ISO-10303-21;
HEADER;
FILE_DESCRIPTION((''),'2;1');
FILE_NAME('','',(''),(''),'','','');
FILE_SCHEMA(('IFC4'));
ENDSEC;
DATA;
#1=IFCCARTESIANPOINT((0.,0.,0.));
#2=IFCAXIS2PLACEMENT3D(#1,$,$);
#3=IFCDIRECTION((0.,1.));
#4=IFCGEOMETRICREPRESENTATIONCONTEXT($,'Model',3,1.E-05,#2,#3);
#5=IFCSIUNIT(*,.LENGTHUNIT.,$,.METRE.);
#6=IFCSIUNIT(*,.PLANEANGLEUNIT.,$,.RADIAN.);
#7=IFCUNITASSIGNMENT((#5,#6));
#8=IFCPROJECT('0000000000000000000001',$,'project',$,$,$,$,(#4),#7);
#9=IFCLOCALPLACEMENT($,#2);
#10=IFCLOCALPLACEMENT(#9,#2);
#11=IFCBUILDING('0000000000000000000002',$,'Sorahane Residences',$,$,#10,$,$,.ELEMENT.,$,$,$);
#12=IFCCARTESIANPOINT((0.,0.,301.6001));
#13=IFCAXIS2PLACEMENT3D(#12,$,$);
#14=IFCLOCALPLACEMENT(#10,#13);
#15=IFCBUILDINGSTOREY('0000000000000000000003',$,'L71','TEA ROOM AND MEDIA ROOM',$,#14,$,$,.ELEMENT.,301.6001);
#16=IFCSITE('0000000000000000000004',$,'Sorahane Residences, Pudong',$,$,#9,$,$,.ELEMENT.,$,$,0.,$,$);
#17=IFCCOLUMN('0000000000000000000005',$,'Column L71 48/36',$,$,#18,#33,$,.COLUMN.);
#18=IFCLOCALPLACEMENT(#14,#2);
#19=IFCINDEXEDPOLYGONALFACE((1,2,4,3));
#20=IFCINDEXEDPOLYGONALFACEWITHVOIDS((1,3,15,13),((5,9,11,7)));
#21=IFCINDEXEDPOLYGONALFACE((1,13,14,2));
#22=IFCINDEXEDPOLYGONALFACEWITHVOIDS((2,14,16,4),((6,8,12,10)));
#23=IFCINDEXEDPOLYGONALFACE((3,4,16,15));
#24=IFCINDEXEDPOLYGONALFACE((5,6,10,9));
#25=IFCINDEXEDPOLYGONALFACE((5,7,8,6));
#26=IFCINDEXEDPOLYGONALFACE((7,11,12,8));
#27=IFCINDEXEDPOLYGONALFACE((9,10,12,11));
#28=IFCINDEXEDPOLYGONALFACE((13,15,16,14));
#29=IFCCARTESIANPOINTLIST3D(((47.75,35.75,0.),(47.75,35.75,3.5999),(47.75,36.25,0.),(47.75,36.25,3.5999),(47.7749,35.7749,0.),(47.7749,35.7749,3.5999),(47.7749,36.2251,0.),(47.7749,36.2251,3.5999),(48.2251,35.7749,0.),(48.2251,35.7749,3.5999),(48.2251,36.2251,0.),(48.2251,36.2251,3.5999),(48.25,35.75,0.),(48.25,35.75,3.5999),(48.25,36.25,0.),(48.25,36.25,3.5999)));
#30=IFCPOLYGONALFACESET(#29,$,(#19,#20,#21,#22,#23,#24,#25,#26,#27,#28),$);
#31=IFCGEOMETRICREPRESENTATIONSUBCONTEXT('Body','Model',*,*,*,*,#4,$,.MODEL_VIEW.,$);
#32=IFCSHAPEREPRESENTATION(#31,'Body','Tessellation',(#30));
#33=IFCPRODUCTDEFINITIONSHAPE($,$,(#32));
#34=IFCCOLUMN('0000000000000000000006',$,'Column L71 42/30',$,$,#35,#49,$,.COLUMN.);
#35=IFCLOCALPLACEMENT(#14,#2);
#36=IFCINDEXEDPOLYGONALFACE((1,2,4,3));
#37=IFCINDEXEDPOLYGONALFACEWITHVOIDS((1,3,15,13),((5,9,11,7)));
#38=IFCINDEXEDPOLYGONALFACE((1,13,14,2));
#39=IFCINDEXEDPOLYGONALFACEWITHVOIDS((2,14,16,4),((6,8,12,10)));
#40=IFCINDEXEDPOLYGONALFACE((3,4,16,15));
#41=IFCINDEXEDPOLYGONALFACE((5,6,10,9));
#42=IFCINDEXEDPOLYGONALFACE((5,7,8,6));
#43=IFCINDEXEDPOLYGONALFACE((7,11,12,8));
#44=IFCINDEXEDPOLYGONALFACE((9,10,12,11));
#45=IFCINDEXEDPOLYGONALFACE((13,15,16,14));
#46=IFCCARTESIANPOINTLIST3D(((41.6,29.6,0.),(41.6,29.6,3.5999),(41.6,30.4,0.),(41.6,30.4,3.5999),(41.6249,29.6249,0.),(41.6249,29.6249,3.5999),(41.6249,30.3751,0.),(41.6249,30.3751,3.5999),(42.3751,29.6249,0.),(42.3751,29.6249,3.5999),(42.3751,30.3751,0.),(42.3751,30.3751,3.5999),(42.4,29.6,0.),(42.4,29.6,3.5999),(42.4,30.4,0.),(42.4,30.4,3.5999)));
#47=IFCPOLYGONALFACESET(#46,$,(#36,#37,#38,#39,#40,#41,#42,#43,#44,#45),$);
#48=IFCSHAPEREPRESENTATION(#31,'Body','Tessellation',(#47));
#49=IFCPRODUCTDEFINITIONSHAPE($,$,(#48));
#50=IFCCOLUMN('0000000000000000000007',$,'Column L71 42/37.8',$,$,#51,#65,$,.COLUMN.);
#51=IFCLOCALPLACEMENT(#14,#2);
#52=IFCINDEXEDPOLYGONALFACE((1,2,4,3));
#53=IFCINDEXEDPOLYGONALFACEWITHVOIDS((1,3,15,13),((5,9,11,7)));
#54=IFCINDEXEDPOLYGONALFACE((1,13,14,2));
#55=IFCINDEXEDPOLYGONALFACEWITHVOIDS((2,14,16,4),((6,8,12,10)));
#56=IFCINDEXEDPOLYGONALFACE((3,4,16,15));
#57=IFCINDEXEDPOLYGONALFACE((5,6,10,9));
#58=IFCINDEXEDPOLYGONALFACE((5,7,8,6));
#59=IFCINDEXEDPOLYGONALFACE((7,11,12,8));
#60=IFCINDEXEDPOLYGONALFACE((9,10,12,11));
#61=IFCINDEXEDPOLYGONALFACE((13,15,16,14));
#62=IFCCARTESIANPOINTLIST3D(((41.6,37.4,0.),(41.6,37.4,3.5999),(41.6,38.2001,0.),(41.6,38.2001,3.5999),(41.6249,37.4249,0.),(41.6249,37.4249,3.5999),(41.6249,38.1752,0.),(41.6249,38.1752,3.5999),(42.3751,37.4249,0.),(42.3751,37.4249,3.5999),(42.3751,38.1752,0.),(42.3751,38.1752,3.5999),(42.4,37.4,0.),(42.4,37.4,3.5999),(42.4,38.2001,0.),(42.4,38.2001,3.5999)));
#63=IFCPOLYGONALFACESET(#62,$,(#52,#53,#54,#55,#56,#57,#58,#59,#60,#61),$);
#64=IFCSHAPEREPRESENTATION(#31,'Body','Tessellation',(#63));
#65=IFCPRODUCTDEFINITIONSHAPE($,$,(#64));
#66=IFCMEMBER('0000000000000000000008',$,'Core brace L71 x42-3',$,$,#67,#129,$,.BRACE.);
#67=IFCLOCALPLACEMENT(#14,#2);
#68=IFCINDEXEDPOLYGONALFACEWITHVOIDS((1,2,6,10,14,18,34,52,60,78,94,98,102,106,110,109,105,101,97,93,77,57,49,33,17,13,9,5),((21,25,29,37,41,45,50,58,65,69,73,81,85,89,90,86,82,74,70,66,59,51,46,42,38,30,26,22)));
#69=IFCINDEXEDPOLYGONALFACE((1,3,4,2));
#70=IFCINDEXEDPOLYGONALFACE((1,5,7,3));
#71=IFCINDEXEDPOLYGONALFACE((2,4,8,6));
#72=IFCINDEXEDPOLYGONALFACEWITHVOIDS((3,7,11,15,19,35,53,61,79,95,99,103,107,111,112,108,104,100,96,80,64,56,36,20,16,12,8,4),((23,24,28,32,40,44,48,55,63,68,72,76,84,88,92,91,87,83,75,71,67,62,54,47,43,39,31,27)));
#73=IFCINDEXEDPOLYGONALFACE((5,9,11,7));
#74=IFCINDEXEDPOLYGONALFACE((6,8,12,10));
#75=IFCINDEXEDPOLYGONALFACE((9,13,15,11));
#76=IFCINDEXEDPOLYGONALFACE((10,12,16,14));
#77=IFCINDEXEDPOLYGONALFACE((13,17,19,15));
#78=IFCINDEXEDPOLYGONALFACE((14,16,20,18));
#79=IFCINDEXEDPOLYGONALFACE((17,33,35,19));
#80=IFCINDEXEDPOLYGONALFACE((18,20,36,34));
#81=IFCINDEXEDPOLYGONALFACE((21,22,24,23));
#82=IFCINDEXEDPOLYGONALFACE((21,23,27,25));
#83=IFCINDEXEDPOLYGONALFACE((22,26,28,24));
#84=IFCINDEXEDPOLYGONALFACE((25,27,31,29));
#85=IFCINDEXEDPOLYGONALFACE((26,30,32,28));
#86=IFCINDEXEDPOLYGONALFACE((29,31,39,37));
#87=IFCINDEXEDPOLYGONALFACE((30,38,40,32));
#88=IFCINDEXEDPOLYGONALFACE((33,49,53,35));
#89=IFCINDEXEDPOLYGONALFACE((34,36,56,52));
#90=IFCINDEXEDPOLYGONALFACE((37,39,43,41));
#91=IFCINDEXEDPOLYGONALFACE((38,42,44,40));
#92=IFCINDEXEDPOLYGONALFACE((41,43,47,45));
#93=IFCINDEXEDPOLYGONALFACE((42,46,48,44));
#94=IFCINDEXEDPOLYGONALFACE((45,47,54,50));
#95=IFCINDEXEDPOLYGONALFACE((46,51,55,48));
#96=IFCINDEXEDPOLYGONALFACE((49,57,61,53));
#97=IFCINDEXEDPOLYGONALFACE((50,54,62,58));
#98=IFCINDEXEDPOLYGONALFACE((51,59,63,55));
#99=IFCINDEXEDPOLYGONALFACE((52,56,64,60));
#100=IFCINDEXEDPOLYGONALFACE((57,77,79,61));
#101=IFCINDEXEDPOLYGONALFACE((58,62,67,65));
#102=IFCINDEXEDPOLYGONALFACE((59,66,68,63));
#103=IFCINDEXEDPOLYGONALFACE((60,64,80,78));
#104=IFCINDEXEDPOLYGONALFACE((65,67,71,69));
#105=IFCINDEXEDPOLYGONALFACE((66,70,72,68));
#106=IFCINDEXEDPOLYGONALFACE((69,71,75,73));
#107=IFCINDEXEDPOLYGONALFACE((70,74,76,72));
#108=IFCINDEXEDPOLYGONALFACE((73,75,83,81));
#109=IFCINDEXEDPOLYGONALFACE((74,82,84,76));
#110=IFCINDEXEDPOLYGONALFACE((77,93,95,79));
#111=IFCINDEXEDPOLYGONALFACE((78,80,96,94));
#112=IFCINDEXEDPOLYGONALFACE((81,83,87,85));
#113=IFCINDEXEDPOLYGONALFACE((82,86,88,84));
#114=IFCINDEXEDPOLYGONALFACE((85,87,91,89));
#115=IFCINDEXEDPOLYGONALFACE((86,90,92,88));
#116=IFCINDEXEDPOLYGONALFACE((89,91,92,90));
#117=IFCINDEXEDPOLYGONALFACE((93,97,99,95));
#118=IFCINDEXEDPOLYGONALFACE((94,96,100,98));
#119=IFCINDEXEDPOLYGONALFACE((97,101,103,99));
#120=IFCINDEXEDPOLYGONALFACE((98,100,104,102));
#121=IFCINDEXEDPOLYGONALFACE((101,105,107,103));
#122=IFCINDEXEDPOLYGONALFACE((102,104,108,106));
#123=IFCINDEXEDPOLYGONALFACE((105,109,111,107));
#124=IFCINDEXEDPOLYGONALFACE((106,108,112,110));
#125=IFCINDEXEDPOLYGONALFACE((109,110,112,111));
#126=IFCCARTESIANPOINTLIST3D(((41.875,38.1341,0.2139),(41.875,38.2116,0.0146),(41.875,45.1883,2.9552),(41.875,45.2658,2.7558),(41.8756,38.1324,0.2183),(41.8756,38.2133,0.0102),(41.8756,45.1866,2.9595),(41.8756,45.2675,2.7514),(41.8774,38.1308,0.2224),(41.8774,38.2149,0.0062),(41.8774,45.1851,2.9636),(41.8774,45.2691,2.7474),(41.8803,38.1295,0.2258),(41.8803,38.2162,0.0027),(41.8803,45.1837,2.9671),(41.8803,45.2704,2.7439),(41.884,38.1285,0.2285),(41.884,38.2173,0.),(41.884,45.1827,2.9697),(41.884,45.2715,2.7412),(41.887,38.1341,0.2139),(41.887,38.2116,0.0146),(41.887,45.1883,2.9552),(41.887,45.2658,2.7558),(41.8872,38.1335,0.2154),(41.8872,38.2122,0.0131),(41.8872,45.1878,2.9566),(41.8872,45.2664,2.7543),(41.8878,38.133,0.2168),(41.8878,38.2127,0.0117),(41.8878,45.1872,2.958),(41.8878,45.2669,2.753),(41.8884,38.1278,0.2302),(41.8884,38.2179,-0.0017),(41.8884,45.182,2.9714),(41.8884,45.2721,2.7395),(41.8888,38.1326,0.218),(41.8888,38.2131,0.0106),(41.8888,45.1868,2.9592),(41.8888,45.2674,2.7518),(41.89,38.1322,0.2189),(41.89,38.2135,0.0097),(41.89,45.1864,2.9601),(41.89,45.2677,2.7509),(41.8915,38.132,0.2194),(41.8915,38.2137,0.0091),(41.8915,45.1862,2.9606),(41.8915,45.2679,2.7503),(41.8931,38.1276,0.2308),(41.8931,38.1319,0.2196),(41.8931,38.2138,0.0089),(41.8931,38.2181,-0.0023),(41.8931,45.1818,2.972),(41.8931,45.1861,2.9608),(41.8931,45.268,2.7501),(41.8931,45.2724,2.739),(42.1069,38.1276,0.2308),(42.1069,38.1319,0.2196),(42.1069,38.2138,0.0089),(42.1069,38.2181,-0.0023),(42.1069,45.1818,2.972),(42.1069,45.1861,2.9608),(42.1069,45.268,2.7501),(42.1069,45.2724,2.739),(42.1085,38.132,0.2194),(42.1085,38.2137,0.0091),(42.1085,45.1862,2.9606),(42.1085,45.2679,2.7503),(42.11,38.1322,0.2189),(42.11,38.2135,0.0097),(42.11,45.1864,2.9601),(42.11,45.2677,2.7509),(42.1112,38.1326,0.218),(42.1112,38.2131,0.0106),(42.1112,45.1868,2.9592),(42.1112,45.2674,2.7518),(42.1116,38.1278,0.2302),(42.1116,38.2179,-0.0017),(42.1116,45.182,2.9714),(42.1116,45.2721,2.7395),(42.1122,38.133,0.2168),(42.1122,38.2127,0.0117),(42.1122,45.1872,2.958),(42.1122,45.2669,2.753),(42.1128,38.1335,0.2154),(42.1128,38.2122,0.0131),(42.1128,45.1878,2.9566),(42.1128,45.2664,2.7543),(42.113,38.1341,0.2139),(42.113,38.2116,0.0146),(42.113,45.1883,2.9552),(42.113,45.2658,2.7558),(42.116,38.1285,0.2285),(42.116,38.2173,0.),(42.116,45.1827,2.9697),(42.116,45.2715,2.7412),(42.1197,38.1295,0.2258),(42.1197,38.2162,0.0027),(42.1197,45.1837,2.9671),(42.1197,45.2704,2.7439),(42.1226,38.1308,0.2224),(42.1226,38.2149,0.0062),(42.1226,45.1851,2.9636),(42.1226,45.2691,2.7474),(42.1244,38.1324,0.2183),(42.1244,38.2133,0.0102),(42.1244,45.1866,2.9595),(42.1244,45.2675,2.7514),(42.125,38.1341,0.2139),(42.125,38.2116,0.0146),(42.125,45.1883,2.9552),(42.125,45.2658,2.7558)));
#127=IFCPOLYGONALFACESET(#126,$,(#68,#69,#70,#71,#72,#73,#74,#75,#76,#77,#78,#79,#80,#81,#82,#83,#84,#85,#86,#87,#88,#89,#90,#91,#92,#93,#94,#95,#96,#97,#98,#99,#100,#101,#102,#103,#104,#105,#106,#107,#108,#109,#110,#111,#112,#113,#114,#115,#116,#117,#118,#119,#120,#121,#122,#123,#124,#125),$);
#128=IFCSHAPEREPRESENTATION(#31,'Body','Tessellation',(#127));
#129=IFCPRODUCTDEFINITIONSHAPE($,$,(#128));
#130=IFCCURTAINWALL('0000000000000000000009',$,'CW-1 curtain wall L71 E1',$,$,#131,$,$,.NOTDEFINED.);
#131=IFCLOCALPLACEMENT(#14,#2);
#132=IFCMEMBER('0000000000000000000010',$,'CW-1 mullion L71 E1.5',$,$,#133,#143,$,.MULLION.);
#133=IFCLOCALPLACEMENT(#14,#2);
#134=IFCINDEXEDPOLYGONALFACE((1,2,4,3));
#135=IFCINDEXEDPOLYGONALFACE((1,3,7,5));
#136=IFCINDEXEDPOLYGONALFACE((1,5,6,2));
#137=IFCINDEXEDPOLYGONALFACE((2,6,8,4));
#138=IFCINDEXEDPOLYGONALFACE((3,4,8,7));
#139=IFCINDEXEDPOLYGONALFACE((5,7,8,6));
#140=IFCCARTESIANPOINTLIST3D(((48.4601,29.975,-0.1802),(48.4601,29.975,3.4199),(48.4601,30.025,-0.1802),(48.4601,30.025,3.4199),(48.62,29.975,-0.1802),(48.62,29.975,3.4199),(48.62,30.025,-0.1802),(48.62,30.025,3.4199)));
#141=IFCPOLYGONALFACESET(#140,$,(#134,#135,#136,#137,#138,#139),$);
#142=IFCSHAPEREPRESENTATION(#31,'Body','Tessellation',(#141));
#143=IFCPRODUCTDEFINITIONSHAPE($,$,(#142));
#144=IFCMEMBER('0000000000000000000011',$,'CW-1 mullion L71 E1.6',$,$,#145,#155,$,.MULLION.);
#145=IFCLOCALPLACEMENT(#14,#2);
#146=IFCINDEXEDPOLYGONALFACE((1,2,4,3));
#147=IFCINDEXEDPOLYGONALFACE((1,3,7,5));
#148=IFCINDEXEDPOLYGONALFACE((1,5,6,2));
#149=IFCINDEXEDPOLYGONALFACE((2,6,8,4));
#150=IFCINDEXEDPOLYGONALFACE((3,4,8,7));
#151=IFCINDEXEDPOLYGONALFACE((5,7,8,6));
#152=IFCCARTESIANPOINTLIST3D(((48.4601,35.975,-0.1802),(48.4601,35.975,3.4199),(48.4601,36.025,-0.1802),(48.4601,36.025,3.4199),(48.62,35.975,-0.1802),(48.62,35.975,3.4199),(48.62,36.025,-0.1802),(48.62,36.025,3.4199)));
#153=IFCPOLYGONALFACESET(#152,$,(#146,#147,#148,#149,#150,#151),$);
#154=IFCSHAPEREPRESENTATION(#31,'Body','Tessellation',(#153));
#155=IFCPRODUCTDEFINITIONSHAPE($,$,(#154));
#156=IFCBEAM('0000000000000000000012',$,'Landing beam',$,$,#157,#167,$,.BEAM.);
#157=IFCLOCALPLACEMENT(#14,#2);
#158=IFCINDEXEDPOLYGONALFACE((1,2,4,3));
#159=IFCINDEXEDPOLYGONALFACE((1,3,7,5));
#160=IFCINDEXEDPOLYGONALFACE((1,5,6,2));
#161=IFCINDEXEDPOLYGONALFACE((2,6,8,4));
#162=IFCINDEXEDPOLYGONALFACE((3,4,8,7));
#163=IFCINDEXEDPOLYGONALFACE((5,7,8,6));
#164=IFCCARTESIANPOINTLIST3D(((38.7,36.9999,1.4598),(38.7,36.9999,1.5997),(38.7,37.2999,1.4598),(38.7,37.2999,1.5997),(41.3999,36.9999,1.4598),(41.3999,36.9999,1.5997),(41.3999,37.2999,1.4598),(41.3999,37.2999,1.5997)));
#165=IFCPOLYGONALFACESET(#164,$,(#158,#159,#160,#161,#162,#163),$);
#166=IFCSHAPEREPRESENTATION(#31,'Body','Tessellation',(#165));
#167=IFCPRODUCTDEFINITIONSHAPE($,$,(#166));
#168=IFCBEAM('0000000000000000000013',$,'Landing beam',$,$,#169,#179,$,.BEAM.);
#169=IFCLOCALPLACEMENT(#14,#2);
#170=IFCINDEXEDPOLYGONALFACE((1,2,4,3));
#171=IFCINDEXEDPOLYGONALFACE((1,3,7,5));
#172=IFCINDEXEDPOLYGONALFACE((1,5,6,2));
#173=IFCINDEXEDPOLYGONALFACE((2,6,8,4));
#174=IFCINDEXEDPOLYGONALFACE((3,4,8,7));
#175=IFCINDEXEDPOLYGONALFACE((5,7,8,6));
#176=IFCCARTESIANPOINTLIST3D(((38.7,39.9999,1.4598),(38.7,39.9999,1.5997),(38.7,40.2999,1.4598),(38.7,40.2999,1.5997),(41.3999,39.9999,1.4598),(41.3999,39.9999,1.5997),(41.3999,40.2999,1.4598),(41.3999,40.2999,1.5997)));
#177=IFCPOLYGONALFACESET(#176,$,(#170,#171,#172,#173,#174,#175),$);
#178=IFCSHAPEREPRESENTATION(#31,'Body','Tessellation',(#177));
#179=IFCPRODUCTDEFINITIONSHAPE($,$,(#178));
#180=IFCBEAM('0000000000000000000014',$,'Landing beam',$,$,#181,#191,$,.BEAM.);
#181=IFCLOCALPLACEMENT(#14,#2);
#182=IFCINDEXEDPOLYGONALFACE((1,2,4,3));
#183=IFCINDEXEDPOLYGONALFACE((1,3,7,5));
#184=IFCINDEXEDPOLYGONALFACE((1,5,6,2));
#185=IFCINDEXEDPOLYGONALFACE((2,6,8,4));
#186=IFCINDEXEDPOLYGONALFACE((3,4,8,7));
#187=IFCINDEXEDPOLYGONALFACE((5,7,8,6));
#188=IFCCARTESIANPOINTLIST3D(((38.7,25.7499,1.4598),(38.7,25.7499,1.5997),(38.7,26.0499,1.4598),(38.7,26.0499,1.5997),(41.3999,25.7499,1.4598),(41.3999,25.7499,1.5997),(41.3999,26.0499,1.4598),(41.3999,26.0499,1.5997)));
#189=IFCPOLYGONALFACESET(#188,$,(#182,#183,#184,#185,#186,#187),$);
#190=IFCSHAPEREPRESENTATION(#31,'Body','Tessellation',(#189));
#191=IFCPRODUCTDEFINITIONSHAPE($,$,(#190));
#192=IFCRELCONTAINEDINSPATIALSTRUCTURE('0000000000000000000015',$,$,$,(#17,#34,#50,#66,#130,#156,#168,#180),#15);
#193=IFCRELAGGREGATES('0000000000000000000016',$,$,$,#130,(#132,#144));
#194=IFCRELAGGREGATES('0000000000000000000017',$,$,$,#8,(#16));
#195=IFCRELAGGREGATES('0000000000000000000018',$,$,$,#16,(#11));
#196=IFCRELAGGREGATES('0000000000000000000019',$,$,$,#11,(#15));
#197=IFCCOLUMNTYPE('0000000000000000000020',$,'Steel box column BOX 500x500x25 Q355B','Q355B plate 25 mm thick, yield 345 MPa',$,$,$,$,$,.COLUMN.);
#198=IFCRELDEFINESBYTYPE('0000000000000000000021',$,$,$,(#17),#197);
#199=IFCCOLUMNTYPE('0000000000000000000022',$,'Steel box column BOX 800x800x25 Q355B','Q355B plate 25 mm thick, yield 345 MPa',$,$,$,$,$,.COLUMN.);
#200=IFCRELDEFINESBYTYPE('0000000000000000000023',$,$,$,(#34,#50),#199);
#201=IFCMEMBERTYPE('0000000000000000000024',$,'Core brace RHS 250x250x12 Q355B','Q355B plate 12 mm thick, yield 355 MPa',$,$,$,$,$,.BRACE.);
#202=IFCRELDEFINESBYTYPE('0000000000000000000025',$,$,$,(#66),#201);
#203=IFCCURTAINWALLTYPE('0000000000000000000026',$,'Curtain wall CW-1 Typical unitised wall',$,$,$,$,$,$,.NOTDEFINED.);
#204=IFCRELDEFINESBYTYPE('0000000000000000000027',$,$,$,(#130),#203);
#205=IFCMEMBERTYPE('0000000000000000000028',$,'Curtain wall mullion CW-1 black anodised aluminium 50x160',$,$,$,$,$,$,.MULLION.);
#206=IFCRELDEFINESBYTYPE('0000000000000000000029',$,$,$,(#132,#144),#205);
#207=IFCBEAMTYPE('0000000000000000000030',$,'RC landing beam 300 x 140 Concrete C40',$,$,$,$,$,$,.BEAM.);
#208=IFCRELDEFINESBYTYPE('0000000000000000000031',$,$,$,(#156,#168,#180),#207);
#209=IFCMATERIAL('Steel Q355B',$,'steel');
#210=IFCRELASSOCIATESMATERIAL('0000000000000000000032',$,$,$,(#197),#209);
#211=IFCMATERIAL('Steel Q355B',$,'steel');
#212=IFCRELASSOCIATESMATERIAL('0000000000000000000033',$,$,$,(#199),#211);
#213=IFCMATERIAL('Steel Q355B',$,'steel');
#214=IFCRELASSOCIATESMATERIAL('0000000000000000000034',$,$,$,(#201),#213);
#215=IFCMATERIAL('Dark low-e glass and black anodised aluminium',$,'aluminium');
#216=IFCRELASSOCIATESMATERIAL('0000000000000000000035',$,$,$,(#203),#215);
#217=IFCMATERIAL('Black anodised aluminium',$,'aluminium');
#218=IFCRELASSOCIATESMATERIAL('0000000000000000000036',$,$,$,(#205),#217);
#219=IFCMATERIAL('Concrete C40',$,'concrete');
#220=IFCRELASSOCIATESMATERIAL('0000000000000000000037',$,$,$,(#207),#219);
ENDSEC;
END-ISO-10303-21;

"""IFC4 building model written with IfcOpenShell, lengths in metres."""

from ifc_helpers import new_model, si_unit, direction, frame, origin, origin_2d, place, context, subcontext, project, spatial, rectangle, hollow_rectangle, extrude, material, material_profile, profile_set, type_object, element, aggregate, save


model = new_model("IFC4")

# Units and contexts
model_context = context("Model", 3, precision=1e-05, world=origin(), true_north=direction((0.0, 1.0)))
body_context = subcontext(model_context, "Body", "Model", "MODEL_VIEW")
ifc_project = project(units=[si_unit("LENGTHUNIT", "METRE"), si_unit("PLANEANGLEUNIT", "RADIAN")], contexts=[model_context])

# Site, building, storey
site_placement = place(None, origin())
site = spatial("IfcSite", under=ifc_project, at=site_placement, Name="Sorahane Residences, Pudong", CompositionType="ELEMENT", RefElevation=0.0)
building_placement = place(site_placement, origin())
building = spatial("IfcBuilding", under=site, at=building_placement, Name="Sorahane Residences", CompositionType="ELEMENT")
storey_placement = place(building_placement, frame((0.0, 0.0, 301.6001)))
storey = spatial("IfcBuildingStorey", under=building, at=storey_placement, Name="L71", Description="TEA ROOM AND MEDIA ROOM", CompositionType="ELEMENT", Elevation=301.6001)

# Columns
ifc_material_1 = material(Name="Steel Q355B", Category="steel")
ifc_material_profile_1 = material_profile(ifc_material_1, hollow_rectangle(XDim=0.5, YDim=0.5, WallThickness=0.0249, at=origin_2d()), Name="BOX 500x500x25")
ifc_profile_set_1 = profile_set([ifc_material_profile_1], Name="Steel Q355B")
column_type_1 = type_object("IfcColumnType", Name="Steel box column BOX 500x500x25 Q355B", Description="Q355B plate 25 mm thick, yield 345 MPa", PredefinedType="COLUMN", material=ifc_profile_set_1)
column_placement = place(storey_placement, frame((48.0, 36.0, 0.0), z_axis=(0.0, 0.0, 1.0), x_axis=(1.0, 0.0, 0.0)))
element("IfcColumn", 1, at=column_placement, inside=storey, type_object=column_type_1, Name="Column L71 48/36", PredefinedType="COLUMN", context=body_context, shape_type="SweptSolid", body=[
    extrude(hollow_rectangle(XDim=0.5, YDim=0.5, WallThickness=0.0249, at=origin_2d()), origin(), (0.0, 0.0, 1.0), 3.5999),
])
ifc_material_2 = material(Name="Steel Q355B", Category="steel")
ifc_material_profile_2 = material_profile(ifc_material_2, hollow_rectangle(XDim=0.8, YDim=0.8, WallThickness=0.0249, at=origin_2d()), Name="BOX 800x800x25")
ifc_profile_set_2 = profile_set([ifc_material_profile_2], Name="Steel Q355B")
column_type_2 = type_object("IfcColumnType", Name="Steel box column BOX 800x800x25 Q355B", Description="Q355B plate 25 mm thick, yield 345 MPa", PredefinedType="COLUMN", material=ifc_profile_set_2)
for number, where, z_axis, x_axis, name in (
    (2, (42.0, 30.0, 0.0), (0.0, 0.0, 1.0), (1.0, 0.0, 0.0), "Column L71 42/30"),
    (3, (42.0, 37.8, 0.0), (0.0, 0.0, 1.0), (1.0, 0.0, 0.0), "Column L71 42/37.8"),
):
    element("IfcColumn", number, at=place(storey_placement, frame(where, z_axis=z_axis, x_axis=x_axis)), inside=storey, type_object=column_type_2, Name=name, PredefinedType="COLUMN", context=body_context, shape_type="SweptSolid", body=[
        extrude(hollow_rectangle(XDim=0.8, YDim=0.8, WallThickness=0.0249, at=origin_2d()), origin(), (0.0, 0.0, 1.0), 3.5999),
    ])

# Member
ifc_material_3 = material(Name="Steel Q355B", Category="steel")
ifc_material_profile_3 = material_profile(ifc_material_3, hollow_rectangle(XDim=0.25, YDim=0.25, WallThickness=0.012, InnerFilletRadius=0.0061, OuterFilletRadius=0.0181, at=origin_2d()), Name="RHS 250x250x12")
ifc_profile_set_3 = profile_set([ifc_material_profile_3], Name="Steel Q355B")
member_type_1 = type_object("IfcMemberType", Name="Core brace RHS 250x250x12 Q355B", Description="Q355B plate 12 mm thick, yield 355 MPa", PredefinedType="BRACE", material=ifc_profile_set_3)
member_1_placement = place(storey_placement, frame((42.0, 38.1729, 0.1143), z_axis=(0.0, 0.932098, 0.362207), x_axis=(-1.0, 0.0, 0.0)))
element("IfcMember", 4, at=member_1_placement, inside=storey, type_object=member_type_1, Name="Core brace L71 x42-3", PredefinedType="BRACE", context=body_context, shape_type="SweptSolid", body=[
    extrude(hollow_rectangle(XDim=0.25, YDim=0.25, WallThickness=0.012, InnerFilletRadius=0.0061, OuterFilletRadius=0.0181, at=origin_2d()), origin(), (0.0, 0.0, 1.0), 7.5681),
])

# Curtain wall, members
ifc_material_4 = material(Name="Dark low-e glass and black anodised aluminium", Category="aluminium")
curtain_wall_type = type_object("IfcCurtainWallType", Name="Curtain wall CW-1 Typical unitised wall", PredefinedType="NOTDEFINED", material=ifc_material_4)
curtain_wall_placement = place(storey_placement, origin())
curtain_wall = element("IfcCurtainWall", 5, at=curtain_wall_placement, inside=storey, type_object=curtain_wall_type, Name="CW-1 curtain wall L71 E1", PredefinedType="NOTDEFINED")
ifc_material_5 = material(Name="Black anodised aluminium", Category="aluminium")
ifc_material_profile_4 = material_profile(ifc_material_5, rectangle(XDim=0.1599, YDim=0.05, at=origin_2d()), Name="Curtain wall mullion CW-1 black anodised aluminium 50x160")
ifc_profile_set_4 = profile_set([ifc_material_profile_4], Name="Black anodised aluminium")
member_type_2 = type_object("IfcMemberType", Name="Curtain wall mullion CW-1 black anodised aluminium 50x160", PredefinedType="MULLION", material=ifc_profile_set_4)
member_2_placement = place(storey_placement, frame((48.54, 30.0, -0.1802), z_axis=(0.0, 0.0, 1.0), x_axis=(1.0, 0.0, 0.0)))
member_2 = element("IfcMember", 6, at=member_2_placement, type_object=member_type_2, Name="CW-1 mullion L71 E1.5", PredefinedType="MULLION", context=body_context, shape_type="SweptSolid", body=[
    extrude(rectangle(XDim=0.1599, YDim=0.05, at=origin_2d()), origin(), (0.0, 0.0, 1.0), 3.6001),
])
member_3_placement = place(storey_placement, frame((48.54, 36.0, -0.1802), z_axis=(0.0, 0.0, 1.0), x_axis=(1.0, 0.0, 0.0)))
member_3 = element("IfcMember", 7, at=member_3_placement, type_object=member_type_2, Name="CW-1 mullion L71 E1.6", PredefinedType="MULLION", context=body_context, shape_type="SweptSolid", body=[
    extrude(rectangle(XDim=0.1599, YDim=0.05, at=origin_2d()), origin(), (0.0, 0.0, 1.0), 3.6001),
])

# Beams
ifc_material_6 = material(Name="Concrete C40", Category="concrete")
ifc_material_profile_5 = material_profile(ifc_material_6, rectangle(XDim=0.3, YDim=0.1399, at=origin_2d()), Name="300x140")
ifc_profile_set_5 = profile_set([ifc_material_profile_5], Name="Concrete C40")
beam_type_1 = type_object("IfcBeamType", Name="RC landing beam 300 x 140 Concrete C40", PredefinedType="BEAM", material=ifc_profile_set_5)
for number, where, z_axis, x_axis, name in (
    (8, (38.7, 37.1499, 1.5298), (1.0, 0.0, 0.0), (0.0, 1.0, 0.0), "Landing beam"),
    (9, (38.7, 40.1499, 1.5298), (1.0, 0.0, 0.0), (0.0, 1.0, 0.0), "Landing beam"),
    (10, (38.7, 25.8999, 1.5298), (1.0, 0.0, 0.0), (0.0, 1.0, 0.0), "Landing beam"),
):
    element("IfcBeam", number, at=place(storey_placement, frame(where, z_axis=z_axis, x_axis=x_axis)), inside=storey, type_object=beam_type_1, Name=name, PredefinedType="BEAM", context=body_context, shape_type="SweptSolid", body=[
        extrude(rectangle(XDim=0.3, YDim=0.1399, at=origin_2d()), origin(), (0.0, 0.0, 1.0), 2.7),
    ])

aggregate(curtain_wall, [member_2, member_3])

save(model, "model.ifc")
